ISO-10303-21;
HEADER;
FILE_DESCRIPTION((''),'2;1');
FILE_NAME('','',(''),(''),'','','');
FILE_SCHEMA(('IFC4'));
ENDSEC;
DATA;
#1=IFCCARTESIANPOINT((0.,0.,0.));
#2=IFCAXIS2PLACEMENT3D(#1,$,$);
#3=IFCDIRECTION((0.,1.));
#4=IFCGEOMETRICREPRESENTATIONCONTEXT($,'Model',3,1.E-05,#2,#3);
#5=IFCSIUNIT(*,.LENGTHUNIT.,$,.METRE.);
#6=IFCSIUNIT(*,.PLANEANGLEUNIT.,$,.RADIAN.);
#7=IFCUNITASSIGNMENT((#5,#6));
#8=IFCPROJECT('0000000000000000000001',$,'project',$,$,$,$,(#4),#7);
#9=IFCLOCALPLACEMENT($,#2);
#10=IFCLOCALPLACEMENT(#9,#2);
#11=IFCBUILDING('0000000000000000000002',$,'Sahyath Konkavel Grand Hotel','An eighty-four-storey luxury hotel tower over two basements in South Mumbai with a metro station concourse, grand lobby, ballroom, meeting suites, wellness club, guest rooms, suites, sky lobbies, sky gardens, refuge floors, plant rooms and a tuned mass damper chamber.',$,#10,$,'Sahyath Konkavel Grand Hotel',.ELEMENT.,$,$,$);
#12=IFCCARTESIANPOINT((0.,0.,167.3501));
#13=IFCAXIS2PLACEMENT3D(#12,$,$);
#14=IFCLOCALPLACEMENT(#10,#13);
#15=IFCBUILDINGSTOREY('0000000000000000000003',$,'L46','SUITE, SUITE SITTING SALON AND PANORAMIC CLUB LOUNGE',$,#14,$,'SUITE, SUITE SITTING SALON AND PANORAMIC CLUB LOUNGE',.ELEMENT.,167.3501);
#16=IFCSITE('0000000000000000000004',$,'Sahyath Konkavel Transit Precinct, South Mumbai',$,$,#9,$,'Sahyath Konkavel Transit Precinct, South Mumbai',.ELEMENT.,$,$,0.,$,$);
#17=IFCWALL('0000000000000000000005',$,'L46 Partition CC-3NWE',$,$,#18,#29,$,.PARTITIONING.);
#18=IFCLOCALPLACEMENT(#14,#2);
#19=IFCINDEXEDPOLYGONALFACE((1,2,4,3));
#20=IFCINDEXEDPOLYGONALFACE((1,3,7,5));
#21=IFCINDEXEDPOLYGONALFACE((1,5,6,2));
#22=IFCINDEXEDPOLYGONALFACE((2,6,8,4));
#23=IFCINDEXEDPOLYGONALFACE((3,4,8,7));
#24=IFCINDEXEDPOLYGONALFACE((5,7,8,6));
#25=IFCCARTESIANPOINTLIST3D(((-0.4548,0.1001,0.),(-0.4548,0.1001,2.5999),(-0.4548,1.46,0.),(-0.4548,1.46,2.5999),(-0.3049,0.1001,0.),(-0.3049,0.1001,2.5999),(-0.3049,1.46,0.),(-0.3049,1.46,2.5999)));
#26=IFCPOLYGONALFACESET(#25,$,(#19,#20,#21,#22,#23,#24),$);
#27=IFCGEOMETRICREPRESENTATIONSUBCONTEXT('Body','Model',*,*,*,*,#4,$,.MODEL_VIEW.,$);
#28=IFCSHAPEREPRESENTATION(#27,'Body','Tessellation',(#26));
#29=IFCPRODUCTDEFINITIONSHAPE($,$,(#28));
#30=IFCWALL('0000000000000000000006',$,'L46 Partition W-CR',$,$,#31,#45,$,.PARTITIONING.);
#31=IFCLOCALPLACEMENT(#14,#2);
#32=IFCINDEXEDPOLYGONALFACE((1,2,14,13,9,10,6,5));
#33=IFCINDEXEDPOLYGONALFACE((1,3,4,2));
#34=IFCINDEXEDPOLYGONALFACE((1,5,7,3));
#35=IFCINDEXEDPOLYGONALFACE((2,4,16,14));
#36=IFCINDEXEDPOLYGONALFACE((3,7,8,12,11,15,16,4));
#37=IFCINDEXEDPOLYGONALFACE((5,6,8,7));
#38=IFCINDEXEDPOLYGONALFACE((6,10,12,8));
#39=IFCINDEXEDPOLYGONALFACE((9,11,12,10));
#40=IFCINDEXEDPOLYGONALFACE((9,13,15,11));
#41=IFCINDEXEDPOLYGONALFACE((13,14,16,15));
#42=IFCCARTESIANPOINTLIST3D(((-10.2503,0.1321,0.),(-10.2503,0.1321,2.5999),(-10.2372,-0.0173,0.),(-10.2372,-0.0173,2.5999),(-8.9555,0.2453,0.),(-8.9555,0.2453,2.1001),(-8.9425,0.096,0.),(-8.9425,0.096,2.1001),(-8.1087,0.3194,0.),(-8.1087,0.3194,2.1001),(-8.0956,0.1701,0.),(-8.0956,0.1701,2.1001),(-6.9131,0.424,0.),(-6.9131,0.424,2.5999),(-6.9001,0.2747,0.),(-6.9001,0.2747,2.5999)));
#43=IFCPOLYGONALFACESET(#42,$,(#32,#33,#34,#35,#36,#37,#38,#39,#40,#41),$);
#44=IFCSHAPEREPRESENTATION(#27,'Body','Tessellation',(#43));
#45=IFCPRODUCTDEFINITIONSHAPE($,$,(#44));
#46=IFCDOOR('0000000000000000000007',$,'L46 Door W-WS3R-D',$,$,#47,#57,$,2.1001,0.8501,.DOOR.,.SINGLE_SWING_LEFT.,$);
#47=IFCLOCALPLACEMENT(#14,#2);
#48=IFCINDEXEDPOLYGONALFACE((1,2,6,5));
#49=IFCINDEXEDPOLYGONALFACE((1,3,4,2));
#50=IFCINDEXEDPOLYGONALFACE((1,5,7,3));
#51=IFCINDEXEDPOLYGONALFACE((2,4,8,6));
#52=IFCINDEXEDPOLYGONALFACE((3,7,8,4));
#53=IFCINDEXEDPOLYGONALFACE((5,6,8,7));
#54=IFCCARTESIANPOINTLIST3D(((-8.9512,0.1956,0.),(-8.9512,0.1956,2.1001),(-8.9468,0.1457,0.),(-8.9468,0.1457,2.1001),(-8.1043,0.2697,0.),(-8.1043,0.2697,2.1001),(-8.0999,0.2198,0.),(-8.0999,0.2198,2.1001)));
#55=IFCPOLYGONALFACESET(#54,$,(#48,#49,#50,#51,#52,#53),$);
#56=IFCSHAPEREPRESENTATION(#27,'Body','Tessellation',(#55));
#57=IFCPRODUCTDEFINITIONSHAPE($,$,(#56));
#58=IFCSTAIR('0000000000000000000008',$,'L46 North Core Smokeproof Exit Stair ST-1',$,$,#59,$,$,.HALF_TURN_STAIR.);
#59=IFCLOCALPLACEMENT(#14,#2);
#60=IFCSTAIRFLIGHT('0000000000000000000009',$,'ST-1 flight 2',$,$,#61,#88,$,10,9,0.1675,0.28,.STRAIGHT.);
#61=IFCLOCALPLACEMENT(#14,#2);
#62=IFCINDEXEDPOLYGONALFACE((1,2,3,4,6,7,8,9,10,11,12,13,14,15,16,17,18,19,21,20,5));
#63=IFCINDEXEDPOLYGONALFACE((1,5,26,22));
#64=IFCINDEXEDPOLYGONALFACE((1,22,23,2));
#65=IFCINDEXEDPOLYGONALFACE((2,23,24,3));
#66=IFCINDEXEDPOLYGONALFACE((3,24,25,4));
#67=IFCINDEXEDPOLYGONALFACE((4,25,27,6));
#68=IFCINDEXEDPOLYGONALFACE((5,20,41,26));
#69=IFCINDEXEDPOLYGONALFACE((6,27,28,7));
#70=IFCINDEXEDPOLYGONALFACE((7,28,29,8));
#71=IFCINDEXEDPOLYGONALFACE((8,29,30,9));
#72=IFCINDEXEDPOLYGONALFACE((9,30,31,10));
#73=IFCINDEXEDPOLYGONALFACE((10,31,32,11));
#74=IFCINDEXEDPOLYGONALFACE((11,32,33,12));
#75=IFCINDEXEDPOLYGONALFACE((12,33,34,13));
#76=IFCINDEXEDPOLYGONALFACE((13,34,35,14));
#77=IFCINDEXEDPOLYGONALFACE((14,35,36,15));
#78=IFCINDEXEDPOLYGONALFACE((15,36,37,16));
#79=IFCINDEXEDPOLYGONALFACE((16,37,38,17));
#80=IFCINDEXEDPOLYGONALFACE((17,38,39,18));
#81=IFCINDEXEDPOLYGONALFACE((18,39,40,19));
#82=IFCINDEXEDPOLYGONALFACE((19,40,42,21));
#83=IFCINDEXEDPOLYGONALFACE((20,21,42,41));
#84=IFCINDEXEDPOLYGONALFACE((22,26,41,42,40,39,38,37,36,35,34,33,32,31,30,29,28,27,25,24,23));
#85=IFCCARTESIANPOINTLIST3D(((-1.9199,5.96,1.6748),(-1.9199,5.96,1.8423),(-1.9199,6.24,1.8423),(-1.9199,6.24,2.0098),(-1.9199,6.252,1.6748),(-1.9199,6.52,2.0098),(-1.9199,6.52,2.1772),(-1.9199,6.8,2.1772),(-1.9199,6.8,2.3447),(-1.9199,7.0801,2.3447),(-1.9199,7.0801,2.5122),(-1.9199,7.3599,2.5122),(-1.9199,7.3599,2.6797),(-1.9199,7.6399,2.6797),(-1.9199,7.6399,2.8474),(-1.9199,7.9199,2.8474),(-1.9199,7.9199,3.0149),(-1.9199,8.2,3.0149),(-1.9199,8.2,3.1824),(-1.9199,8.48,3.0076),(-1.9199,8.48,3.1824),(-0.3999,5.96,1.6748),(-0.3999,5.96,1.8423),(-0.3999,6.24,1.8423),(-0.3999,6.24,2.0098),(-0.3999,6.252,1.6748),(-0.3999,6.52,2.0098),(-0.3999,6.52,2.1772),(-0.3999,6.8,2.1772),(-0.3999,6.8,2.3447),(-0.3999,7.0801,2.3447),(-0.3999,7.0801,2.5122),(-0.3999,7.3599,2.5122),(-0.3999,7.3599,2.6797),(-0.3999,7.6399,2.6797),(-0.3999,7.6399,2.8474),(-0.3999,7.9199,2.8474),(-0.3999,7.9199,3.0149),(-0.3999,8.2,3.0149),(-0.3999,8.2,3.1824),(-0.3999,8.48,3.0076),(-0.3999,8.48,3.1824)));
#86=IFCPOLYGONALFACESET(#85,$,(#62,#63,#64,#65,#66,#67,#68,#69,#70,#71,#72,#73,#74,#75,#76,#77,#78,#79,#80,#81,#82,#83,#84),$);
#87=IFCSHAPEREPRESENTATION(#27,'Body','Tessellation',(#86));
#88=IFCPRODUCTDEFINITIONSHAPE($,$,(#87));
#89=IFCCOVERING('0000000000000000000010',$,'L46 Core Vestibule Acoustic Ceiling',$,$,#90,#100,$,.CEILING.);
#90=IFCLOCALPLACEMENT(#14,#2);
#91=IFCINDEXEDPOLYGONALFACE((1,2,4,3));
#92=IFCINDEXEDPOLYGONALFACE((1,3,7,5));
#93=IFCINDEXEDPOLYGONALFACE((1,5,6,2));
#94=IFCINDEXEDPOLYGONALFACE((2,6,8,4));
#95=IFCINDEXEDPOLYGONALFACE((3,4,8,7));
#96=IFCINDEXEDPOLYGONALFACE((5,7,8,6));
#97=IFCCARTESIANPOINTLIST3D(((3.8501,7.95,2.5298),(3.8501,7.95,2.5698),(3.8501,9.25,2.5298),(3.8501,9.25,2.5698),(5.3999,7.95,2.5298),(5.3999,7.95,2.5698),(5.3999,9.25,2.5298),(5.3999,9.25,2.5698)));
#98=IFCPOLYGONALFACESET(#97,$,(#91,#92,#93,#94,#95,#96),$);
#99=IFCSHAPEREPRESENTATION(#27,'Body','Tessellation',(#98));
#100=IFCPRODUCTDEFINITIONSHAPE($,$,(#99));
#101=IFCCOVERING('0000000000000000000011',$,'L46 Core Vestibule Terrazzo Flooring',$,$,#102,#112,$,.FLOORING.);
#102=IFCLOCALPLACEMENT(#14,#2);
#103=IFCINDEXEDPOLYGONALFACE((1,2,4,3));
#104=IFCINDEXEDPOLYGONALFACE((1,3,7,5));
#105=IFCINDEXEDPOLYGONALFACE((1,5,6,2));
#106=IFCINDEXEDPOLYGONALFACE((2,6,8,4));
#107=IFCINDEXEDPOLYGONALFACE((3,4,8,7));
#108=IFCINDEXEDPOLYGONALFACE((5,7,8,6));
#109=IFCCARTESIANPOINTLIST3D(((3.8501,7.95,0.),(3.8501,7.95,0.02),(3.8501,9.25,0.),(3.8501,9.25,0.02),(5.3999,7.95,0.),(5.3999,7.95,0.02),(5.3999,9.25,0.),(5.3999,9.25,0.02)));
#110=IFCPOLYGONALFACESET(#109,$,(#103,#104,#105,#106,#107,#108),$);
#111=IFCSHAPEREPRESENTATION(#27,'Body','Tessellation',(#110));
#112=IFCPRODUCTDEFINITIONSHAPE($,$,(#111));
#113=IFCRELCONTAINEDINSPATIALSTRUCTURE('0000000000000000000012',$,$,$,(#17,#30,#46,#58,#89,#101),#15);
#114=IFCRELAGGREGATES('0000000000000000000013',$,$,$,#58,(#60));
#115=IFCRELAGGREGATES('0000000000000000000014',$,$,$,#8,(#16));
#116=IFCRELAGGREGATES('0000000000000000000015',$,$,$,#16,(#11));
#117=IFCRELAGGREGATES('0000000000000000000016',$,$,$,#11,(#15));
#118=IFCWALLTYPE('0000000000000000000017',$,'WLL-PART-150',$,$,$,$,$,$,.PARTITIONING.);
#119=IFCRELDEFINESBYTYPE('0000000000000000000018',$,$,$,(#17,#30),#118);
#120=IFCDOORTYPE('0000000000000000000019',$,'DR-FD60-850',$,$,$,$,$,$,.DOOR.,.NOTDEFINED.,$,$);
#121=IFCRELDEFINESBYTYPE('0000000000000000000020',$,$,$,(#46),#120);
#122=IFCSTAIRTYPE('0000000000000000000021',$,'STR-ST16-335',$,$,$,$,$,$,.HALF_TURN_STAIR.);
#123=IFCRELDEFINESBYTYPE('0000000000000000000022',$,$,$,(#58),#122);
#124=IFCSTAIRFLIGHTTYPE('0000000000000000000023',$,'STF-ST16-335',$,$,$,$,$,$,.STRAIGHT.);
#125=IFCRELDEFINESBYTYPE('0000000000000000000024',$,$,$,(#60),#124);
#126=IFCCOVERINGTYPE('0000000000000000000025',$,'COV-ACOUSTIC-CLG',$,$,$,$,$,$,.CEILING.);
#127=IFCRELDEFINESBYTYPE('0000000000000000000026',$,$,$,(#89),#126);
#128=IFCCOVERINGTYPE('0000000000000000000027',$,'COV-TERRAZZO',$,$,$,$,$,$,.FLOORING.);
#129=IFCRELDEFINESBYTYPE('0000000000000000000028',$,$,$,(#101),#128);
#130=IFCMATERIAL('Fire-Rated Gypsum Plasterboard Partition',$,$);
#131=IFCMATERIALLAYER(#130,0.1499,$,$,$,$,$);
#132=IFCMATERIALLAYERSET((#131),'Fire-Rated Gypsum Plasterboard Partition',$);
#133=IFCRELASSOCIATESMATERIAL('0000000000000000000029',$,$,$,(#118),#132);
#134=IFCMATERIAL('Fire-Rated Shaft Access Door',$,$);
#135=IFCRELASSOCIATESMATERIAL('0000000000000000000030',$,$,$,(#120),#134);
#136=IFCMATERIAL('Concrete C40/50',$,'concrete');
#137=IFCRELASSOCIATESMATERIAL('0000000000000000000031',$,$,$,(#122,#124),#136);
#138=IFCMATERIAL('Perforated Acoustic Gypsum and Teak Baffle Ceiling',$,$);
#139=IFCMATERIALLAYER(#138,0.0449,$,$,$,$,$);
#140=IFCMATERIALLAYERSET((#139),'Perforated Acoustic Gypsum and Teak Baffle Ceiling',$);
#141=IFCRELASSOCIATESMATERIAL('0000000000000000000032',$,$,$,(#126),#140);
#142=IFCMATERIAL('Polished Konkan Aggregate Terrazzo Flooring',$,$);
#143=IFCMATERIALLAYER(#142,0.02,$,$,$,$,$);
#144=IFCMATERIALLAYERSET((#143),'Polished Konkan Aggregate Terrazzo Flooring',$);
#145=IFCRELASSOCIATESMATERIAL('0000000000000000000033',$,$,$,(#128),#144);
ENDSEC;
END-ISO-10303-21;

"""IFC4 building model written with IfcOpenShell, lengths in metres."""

from ifc_helpers import new_model, si_unit, direction, frame, frame_2d, origin, origin_2d, place, context, subcontext, project, spatial, polyline, rectangle, outline, extrude, source, transform, mapped, material, layer, layer_set, type_object, element, fill, aggregate, save


model = new_model("IFC4")

# Units and contexts
model_context = context("Model", 3, precision=1e-05, world=origin(), true_north=direction((0.0, 1.0)))
body_context = subcontext(model_context, "Body", "Model", "MODEL_VIEW")
ifc_project = project(units=[si_unit("LENGTHUNIT", "METRE"), si_unit("PLANEANGLEUNIT", "RADIAN")], contexts=[model_context])

# Site, building, storey
site_placement = place(None, origin())
site = spatial("IfcSite", under=ifc_project, at=site_placement, Name="Sahyath Konkavel Transit Precinct, South Mumbai", LongName="Sahyath Konkavel Transit Precinct, South Mumbai", CompositionType="ELEMENT", RefElevation=0.0)
building_placement = place(site_placement, origin())
building = spatial("IfcBuilding", under=site, at=building_placement, Name="Sahyath Konkavel Grand Hotel", Description="An eighty-four-storey luxury hotel tower over two basements in South Mumbai with a metro station concourse, grand lobby, ballroom, meeting suites, wellness club, guest rooms, suites, sky lobbies, sky gardens, refuge floors, plant rooms and a tuned mass damper chamber.", LongName="Sahyath Konkavel Grand Hotel", CompositionType="ELEMENT")
storey_placement = place(building_placement, frame((0.0, 0.0, 167.3501)))
storey = spatial("IfcBuildingStorey", under=building, at=storey_placement, Name="L46", Description="SUITE, SUITE SITTING SALON AND PANORAMIC CLUB LOUNGE", LongName="SUITE, SUITE SITTING SALON AND PANORAMIC CLUB LOUNGE", CompositionType="ELEMENT", Elevation=167.3501)

# Shared definitions
ifc_material_1 = material(Name="Concrete C40/50", Category="concrete")
ifc_material_2 = material(Name="Fire-Rated Gypsum Plasterboard Partition")
ifc_layer_1 = layer(ifc_material_2, 0.1499)
ifc_layer_set_1 = layer_set([ifc_layer_1], Name="Fire-Rated Gypsum Plasterboard Partition")
wall_type_1 = type_object("IfcWallType", Name="WLL-PART-150", PredefinedType="PARTITIONING", material=ifc_layer_set_1)

# Shared definitions
ifc_material_3 = material(Name="Fire-Rated Shaft Access Door")
door_type_1 = type_object("IfcDoorType", Name="DR-FD60-850", OperationType="NOTDEFINED", PredefinedType="DOOR", material=ifc_material_3)
shared_shape_1 = source(origin(), body_context, "Body", "SweptSolid", [
    extrude(rectangle(XDim=0.8501, YDim=0.05, at=origin_2d()), origin(), (0.0, 0.0, 1.0), 2.1001),
])

# Wall
wall_1_placement = place(storey_placement, frame((-0.3799, 0.1001, 0.0), z_axis=(0.0, 0.0, 1.0), x_axis=(0.0, 1.0, 0.0)))
element("IfcWall", 1, at=wall_1_placement, inside=storey, type_object=wall_type_1, Name="L46 Partition CC-3NWE", PredefinedType="PARTITIONING", context=body_context, shape_type="SweptSolid", body=[
    extrude(rectangle(XDim=1.3599, YDim=0.1499, at=frame_2d((0.6799, 0.0))), origin(), (0.0, 0.0, 1.0), 2.5999),
])

# Wall, opening, door
wall_2_placement = place(storey_placement, frame((-6.9067, 0.3494, 0.0), z_axis=(0.0, 0.0, 1.0), x_axis=(-0.996194, -0.087164, 0.0)))
wall_2 = element("IfcWall", 2, at=wall_2_placement, inside=storey, type_object=wall_type_1, Name="L46 Partition W-CR", PredefinedType="PARTITIONING", context=body_context, shape_type="SweptSolid", body=[
    extrude(rectangle(XDim=3.3499, YDim=0.1499, at=frame_2d((1.6748, 0.0))), origin(), (0.0, 0.0, 1.0), 2.5999),
])
opening_1_placement = place(wall_2_placement, frame((1.2, 0.0, 0.0)))
opening_1 = element("IfcOpeningElement", 3, at=opening_1_placement, cuts=wall_2, PredefinedType="OPENING", context=body_context, shape_type="SweptSolid", body=[
    extrude(rectangle(XDim=0.8501, YDim=2.1001, at=frame_2d((0.425, 1.05))), frame((0.0, 0.085, 0.0), z_axis=(0.0, -1.0, 0.0), x_axis=(1.0, 0.0, 0.0)), (0.0, 0.0, 1.0), 0.1699),
])
door_1_placement = place(opening_1_placement, frame((0.425, 0.0, 0.0)))
door_1 = element("IfcDoor", 4, at=door_1_placement, inside=storey, type_object=door_type_1, Name="L46 Door W-WS3R-D", OperationType="SINGLE_SWING_LEFT", OverallHeight=2.1001, OverallWidth=0.8501, PredefinedType="DOOR", context=body_context, shape_type="MappedRepresentation", body=[
    mapped(shared_shape_1, transform((0.0, 0.0, 0.0), scale=1.0)),
])
fill(opening_1, door_1)

# Stair, stair flight
stair_type = type_object("IfcStairType", Name="STR-ST16-335", PredefinedType="HALF_TURN_STAIR", material=ifc_material_1)
stair_placement = place(storey_placement, origin())
stair = element("IfcStair", 5, at=stair_placement, inside=storey, type_object=stair_type, Name="L46 North Core Smokeproof Exit Stair ST-1", PredefinedType="HALF_TURN_STAIR")
stair_flight_type = type_object("IfcStairFlightType", Name="STF-ST16-335", PredefinedType="STRAIGHT", material=ifc_material_1)
stair_flight_placement = place(storey_placement, frame((-1.1599, 5.96, 1.6748), z_axis=(0.0, 0.0, 1.0), x_axis=(0.0, 1.0, 0.0)))
stair_flight = element("IfcStairFlight", 6, at=stair_flight_placement, type_object=stair_flight_type, Name="ST-1 flight 2", NumberOfRisers=10, NumberOfTreads=9, PredefinedType="STRAIGHT", RiserHeight=0.1675, TreadLength=0.28, context=body_context, shape_type="SweptSolid", body=[
    extrude(outline(polyline([(0.0, 0.0), (0.0, 0.1675), (0.28, 0.1675), (0.28, 0.335), (0.5601, 0.335), (0.5601, 0.5024), (0.8401, 0.5024), (0.8401, 0.6699), (1.1201, 0.6699), (1.1201, 0.8374), (1.3999, 0.8374), (1.3999, 1.0049), (1.6799, 1.0049), (1.6799, 1.1726), (1.96, 1.1726), (1.96, 1.3401), (2.24, 1.3401), (2.24, 1.5076), (2.52, 1.5076), (2.52, 1.675), (2.52, 1.3328), (0.292, 0.0), (0.0, 0.0)])), frame((0.0, 0.76, 0.0), z_axis=(0.0, -1.0, 0.0), x_axis=(1.0, 0.0, 0.0)), (0.0, 0.0, 1.0), 1.52),
])
aggregate(stair, [stair_flight])

# Coverings
ifc_material_4 = material(Name="Perforated Acoustic Gypsum and Teak Baffle Ceiling")
ifc_layer_2 = layer(ifc_material_4, 0.0449)
ifc_layer_set_2 = layer_set([ifc_layer_2], Name="Perforated Acoustic Gypsum and Teak Baffle Ceiling")
covering_type_1 = type_object("IfcCoveringType", Name="COV-ACOUSTIC-CLG", PredefinedType="CEILING", material=ifc_layer_set_2)
covering_1_placement = place(storey_placement, frame((0.0, 0.0, 2.5298)))
element("IfcCovering", 7, at=covering_1_placement, inside=storey, type_object=covering_type_1, Name="L46 Core Vestibule Acoustic Ceiling", PredefinedType="CEILING", context=body_context, shape_type="SweptSolid", body=[
    extrude(outline(polyline([(3.8501, 7.95), (5.3999, 7.95), (5.3999, 9.25), (3.8501, 9.25), (3.8501, 7.95)])), origin(), (0.0, 0.0, 1.0), 0.04),
])
ifc_material_5 = material(Name="Polished Konkan Aggregate Terrazzo Flooring")
ifc_layer_3 = layer(ifc_material_5, 0.02)
ifc_layer_set_3 = layer_set([ifc_layer_3], Name="Polished Konkan Aggregate Terrazzo Flooring")
covering_type_2 = type_object("IfcCoveringType", Name="COV-TERRAZZO", PredefinedType="FLOORING", material=ifc_layer_set_3)
covering_2_placement = place(storey_placement, origin())
element("IfcCovering", 8, at=covering_2_placement, inside=storey, type_object=covering_type_2, Name="L46 Core Vestibule Terrazzo Flooring", PredefinedType="FLOORING", context=body_context, shape_type="SweptSolid", body=[
    extrude(outline(polyline([(3.8501, 7.95), (5.3999, 7.95), (5.3999, 9.25), (3.8501, 9.25), (3.8501, 7.95)])), origin(), (0.0, 0.0, 1.0), 0.02),
])

save(model, "model.ifc")
